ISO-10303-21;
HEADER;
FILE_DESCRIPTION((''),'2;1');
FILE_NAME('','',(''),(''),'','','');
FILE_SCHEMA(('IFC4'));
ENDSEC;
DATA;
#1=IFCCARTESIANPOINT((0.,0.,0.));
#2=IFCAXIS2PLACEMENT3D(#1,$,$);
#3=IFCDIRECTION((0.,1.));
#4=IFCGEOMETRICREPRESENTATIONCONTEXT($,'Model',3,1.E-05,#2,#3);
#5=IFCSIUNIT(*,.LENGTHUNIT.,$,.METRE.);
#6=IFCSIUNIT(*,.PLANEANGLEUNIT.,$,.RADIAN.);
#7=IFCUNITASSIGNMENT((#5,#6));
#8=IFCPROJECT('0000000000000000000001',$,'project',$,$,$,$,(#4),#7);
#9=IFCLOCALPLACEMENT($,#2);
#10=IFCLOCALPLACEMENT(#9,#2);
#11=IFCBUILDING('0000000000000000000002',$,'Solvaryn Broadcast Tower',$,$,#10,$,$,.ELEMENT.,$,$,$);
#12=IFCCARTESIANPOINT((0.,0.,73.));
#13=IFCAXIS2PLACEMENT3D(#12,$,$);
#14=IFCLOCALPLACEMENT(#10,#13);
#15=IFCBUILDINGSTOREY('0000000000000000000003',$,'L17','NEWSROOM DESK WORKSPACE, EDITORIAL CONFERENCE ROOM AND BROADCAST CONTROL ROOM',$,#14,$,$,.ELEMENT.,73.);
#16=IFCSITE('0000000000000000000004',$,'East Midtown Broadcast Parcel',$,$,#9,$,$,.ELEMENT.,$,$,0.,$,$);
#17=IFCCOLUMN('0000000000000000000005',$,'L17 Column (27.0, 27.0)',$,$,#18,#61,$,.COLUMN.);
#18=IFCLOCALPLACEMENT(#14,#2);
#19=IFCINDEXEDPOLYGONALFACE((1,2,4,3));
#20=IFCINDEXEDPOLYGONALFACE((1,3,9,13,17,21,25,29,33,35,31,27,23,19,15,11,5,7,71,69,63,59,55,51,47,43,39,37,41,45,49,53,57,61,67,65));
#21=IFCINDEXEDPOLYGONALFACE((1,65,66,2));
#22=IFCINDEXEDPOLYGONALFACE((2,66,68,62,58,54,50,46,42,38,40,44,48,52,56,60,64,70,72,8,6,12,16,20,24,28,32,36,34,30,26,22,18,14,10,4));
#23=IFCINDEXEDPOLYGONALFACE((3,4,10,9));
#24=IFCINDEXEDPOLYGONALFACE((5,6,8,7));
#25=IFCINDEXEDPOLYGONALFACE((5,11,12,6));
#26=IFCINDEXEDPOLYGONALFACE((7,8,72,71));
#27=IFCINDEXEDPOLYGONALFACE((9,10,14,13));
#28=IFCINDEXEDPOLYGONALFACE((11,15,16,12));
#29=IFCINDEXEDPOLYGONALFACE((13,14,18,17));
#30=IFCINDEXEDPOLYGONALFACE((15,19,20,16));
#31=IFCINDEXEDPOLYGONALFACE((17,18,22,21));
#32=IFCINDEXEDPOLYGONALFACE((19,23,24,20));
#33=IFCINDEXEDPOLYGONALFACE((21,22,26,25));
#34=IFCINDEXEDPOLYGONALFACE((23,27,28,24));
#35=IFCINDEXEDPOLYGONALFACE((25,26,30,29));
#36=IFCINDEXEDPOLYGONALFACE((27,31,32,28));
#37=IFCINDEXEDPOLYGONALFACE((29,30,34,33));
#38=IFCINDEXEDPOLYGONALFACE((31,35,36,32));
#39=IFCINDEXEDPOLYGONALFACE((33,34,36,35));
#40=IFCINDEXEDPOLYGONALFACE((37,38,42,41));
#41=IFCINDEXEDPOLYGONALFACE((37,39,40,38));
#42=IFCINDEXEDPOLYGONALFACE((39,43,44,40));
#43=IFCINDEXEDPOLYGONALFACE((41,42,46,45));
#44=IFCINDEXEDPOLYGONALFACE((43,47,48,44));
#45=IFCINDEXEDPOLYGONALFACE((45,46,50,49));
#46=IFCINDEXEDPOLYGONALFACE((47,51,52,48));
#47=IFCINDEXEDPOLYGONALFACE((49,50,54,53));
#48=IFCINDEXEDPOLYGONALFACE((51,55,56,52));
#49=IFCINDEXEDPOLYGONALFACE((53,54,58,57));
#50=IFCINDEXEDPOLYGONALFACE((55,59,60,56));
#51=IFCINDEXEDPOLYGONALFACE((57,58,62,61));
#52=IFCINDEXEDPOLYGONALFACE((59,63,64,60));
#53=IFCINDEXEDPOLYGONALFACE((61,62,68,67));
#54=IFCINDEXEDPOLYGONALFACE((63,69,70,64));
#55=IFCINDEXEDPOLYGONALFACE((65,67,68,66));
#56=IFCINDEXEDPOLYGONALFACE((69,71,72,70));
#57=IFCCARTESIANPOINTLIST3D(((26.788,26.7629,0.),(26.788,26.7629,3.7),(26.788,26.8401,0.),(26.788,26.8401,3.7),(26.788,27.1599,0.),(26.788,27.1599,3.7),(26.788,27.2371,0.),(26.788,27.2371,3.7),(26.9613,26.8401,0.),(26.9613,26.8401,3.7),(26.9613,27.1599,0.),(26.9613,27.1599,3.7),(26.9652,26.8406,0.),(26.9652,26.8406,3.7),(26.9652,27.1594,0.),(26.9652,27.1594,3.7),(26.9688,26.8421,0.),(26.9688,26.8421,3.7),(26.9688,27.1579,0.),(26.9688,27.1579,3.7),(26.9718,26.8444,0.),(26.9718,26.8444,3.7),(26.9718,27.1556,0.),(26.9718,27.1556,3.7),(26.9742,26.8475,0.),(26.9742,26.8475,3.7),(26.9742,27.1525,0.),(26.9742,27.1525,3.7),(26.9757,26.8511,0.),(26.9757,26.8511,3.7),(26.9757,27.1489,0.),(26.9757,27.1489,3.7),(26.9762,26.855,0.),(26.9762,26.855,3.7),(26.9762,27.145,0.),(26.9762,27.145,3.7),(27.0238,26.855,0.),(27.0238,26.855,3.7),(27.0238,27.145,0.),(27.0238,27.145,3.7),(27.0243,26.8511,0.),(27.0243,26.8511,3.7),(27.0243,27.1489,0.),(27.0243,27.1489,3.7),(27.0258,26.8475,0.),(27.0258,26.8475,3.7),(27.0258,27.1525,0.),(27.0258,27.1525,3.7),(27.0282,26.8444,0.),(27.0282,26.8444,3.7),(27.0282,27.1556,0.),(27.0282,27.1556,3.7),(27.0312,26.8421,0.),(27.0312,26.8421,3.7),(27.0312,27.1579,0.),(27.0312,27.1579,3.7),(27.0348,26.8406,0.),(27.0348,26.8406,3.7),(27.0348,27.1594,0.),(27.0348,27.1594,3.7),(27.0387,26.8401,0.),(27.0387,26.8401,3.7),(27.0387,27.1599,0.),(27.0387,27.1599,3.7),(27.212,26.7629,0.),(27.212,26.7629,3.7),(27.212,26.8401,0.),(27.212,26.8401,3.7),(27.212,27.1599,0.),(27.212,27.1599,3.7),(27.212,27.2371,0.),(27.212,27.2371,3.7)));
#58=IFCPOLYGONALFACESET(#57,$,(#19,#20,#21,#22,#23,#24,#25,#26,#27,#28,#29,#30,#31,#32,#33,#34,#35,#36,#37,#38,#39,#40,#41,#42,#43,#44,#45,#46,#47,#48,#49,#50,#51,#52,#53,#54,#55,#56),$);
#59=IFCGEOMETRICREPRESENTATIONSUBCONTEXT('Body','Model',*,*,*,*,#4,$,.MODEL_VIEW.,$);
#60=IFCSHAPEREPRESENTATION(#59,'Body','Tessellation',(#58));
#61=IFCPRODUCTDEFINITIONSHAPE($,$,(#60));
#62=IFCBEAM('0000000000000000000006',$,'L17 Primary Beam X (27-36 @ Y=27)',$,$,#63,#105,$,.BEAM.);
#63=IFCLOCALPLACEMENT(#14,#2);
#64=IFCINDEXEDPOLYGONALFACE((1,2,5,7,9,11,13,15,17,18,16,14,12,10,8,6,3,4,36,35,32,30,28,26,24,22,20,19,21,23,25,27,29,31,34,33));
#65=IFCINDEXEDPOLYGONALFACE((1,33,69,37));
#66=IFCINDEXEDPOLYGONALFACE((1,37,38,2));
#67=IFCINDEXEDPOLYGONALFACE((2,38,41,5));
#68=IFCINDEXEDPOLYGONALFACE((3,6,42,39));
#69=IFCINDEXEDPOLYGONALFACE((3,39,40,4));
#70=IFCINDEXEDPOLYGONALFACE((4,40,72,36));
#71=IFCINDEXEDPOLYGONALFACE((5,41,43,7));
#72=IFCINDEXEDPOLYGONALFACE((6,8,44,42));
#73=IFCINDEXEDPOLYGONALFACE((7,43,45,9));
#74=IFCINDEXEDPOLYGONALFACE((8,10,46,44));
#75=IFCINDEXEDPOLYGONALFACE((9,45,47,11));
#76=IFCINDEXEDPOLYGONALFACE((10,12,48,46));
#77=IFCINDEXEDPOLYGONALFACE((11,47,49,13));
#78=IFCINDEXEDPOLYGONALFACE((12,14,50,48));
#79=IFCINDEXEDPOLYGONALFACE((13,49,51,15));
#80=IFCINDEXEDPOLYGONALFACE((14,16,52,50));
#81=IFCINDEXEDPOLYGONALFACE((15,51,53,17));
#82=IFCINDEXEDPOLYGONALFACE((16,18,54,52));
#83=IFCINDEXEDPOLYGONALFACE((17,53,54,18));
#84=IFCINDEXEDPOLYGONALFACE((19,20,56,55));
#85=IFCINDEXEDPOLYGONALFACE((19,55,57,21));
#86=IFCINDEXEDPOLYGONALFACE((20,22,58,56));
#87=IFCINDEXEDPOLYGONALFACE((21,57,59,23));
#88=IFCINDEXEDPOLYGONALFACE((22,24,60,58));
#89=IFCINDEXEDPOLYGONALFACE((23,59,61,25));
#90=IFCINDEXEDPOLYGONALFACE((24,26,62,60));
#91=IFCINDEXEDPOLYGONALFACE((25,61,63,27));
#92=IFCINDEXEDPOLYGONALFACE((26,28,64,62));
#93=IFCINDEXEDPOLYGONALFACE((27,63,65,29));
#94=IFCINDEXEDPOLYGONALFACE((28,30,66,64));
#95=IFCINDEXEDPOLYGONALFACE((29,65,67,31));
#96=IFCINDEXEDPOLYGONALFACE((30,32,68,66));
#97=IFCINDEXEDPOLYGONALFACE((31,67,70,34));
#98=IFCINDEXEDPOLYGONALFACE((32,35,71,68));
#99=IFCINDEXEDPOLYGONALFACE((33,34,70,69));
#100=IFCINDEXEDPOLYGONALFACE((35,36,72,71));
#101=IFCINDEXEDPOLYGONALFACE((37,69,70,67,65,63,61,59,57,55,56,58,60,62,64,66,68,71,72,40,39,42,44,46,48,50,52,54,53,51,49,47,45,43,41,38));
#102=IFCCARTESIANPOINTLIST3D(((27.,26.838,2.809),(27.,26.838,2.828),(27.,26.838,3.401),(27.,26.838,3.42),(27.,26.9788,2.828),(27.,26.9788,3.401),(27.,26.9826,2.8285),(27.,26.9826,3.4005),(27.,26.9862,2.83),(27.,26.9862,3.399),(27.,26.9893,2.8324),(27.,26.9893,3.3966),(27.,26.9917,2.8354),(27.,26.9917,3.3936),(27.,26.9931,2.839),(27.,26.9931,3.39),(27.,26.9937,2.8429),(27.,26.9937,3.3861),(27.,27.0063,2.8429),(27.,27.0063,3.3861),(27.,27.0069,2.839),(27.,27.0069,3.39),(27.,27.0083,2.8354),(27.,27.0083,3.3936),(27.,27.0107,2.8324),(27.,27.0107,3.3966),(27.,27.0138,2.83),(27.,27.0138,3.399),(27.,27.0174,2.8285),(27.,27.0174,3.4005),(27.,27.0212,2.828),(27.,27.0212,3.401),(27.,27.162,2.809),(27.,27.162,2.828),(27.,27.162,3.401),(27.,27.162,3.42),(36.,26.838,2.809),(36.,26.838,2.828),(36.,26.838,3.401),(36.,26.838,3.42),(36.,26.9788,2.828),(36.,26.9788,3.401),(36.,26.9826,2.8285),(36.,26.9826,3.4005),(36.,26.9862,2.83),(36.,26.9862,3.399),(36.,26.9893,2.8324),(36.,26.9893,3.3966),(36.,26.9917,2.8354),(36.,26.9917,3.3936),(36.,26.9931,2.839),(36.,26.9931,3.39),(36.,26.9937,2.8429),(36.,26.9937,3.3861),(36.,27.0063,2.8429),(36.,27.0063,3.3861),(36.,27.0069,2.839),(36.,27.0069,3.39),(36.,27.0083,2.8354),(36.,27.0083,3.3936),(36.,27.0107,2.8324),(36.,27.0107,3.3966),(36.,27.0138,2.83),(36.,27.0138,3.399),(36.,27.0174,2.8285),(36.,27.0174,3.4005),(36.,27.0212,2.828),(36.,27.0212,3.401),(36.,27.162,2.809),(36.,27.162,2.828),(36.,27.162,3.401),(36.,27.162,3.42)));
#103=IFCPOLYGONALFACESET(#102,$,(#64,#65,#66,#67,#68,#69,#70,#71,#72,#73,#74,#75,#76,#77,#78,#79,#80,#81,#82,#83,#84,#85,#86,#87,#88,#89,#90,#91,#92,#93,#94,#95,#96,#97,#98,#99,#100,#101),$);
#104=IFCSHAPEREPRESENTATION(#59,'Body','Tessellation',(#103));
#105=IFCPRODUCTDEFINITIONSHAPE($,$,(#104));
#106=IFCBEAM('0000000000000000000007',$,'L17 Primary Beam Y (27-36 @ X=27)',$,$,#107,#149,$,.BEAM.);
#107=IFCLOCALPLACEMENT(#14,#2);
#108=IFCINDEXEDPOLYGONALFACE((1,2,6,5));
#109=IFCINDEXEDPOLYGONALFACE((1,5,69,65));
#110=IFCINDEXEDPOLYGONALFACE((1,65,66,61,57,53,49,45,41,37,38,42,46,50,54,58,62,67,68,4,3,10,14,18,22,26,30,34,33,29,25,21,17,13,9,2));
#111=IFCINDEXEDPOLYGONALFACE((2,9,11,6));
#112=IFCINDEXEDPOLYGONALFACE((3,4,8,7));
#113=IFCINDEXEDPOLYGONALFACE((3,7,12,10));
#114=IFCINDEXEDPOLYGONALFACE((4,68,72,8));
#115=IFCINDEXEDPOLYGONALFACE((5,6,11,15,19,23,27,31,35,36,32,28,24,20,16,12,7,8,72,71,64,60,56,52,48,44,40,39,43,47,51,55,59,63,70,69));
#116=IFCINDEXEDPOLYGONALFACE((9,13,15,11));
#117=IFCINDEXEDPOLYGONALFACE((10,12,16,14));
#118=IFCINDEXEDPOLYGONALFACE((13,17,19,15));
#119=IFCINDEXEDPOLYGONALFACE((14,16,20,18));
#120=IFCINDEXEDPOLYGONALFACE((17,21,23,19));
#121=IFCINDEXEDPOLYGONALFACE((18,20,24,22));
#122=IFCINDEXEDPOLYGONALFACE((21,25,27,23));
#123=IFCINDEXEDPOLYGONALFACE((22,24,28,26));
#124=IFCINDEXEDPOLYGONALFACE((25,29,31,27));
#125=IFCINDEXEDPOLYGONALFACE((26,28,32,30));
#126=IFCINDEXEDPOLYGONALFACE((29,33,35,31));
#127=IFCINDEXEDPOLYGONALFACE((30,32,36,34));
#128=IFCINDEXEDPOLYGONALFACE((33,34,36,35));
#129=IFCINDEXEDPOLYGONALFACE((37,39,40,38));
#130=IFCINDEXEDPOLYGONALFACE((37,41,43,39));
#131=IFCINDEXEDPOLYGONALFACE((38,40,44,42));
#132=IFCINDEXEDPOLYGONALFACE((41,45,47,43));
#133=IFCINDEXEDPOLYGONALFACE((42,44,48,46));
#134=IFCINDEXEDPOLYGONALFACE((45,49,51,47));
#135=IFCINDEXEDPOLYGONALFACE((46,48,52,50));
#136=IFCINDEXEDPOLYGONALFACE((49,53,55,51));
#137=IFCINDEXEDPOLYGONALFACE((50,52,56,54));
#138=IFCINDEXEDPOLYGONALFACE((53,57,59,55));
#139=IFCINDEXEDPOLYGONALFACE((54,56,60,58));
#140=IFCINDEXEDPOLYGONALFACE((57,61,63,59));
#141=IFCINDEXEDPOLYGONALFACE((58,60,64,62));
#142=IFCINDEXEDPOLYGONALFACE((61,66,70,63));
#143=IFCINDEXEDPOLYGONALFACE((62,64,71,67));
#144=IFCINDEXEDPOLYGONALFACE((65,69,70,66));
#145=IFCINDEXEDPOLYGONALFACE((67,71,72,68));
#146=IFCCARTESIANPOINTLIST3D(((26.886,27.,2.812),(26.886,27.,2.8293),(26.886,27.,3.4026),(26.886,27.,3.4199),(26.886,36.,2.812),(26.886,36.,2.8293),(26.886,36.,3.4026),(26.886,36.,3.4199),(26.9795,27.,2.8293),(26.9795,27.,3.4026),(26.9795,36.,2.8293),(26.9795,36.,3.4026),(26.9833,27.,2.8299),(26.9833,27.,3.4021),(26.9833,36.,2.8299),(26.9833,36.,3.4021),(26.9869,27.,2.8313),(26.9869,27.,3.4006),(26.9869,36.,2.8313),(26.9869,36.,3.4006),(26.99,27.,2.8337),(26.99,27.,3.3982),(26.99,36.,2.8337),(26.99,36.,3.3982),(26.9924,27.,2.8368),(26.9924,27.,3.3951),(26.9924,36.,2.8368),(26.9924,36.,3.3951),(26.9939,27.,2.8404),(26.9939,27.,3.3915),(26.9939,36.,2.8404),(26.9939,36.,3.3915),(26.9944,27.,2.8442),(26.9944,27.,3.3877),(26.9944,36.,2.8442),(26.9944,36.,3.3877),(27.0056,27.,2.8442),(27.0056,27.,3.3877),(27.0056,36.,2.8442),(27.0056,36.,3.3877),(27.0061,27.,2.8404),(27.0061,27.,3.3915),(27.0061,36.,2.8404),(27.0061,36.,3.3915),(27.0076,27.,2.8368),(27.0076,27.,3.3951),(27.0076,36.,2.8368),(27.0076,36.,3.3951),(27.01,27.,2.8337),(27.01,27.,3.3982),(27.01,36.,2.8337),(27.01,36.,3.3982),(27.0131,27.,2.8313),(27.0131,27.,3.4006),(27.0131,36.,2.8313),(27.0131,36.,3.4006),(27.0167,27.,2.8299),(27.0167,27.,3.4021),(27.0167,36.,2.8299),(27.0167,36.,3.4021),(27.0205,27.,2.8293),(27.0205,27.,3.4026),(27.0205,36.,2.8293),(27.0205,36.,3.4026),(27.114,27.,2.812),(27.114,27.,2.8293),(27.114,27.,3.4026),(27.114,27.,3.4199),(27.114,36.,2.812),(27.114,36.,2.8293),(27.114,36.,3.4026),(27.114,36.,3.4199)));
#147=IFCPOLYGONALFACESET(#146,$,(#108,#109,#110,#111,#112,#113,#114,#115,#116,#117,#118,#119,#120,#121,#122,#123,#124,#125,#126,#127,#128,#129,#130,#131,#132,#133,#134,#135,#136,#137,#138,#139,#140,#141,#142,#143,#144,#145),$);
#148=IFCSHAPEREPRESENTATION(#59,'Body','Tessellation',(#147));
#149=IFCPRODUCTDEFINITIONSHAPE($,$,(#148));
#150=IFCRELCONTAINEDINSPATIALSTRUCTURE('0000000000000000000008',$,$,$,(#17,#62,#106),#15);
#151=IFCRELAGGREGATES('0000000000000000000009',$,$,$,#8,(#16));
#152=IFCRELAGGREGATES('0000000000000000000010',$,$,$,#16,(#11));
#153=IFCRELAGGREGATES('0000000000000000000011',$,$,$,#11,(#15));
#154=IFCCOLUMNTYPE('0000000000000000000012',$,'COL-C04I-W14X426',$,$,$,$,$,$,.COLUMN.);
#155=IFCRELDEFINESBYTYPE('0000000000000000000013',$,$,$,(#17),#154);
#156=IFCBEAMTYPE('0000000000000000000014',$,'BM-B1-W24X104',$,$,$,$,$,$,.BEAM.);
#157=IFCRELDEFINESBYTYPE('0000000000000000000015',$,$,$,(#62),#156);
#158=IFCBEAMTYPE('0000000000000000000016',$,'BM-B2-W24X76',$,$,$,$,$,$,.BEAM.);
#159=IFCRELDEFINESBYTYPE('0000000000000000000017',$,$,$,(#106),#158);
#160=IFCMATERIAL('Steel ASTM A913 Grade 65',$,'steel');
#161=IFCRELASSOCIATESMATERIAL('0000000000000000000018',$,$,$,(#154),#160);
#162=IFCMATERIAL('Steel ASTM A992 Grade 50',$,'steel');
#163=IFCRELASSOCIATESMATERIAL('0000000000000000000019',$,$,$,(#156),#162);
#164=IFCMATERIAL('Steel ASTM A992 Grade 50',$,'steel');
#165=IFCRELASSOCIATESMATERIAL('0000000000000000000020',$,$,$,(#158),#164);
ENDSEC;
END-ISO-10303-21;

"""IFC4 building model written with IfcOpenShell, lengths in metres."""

from ifc_helpers import new_model, si_unit, direction, frame, origin, origin_2d, place, context, subcontext, project, spatial, i_section, extrude, material, material_profile, profile_set, type_object, element, save


model = new_model("IFC4")

# Units and contexts
model_context = context("Model", 3, precision=1e-05, world=origin(), true_north=direction((0.0, 1.0)))
body_context = subcontext(model_context, "Body", "Model", "MODEL_VIEW")
ifc_project = project(units=[si_unit("LENGTHUNIT", "METRE"), si_unit("PLANEANGLEUNIT", "RADIAN")], contexts=[model_context])

# Site, building, storey
site_placement = place(None, origin())
site = spatial("IfcSite", under=ifc_project, at=site_placement, Name="East Midtown Broadcast Parcel", CompositionType="ELEMENT", RefElevation=0.0)
building_placement = place(site_placement, origin())
building = spatial("IfcBuilding", under=site, at=building_placement, Name="Solvaryn Broadcast Tower", CompositionType="ELEMENT")
storey_placement = place(building_placement, frame((0.0, 0.0, 73.0)))
storey = spatial("IfcBuildingStorey", under=building, at=storey_placement, Name="L17", Description="NEWSROOM DESK WORKSPACE, EDITORIAL CONFERENCE ROOM AND BROADCAST CONTROL ROOM", CompositionType="ELEMENT", Elevation=73.0)

# Column
ifc_material_1 = material(Name="Steel ASTM A913 Grade 65", Category="steel")
ifc_material_profile_1 = material_profile(ifc_material_1, i_section(OverallWidth=0.4241, OverallDepth=0.4741, WebThickness=0.0476, FlangeThickness=0.0771, FilletRadius=0.0149, at=origin_2d()))
ifc_profile_set_1 = profile_set([ifc_material_profile_1], Name="Steel ASTM A913 Grade 65")
column_type = type_object("IfcColumnType", Name="COL-C04I-W14X426", PredefinedType="COLUMN", material=ifc_profile_set_1)
column_placement = place(storey_placement, frame((27.0, 27.0, 0.0), z_axis=(0.0, 0.0, 1.0), x_axis=(1.0, 0.0, 0.0)))
element("IfcColumn", 1, at=column_placement, inside=storey, type_object=column_type, Name="L17 Column (27.0, 27.0)", PredefinedType="COLUMN", context=body_context, shape_type="SweptSolid", body=[
    extrude(i_section(OverallWidth=0.4241, OverallDepth=0.4741, WebThickness=0.0476, FlangeThickness=0.0771, FilletRadius=0.0149, at=origin_2d()), origin(), (0.0, 0.0, 1.0), 3.7),
])

# Beams
ifc_material_2 = material(Name="Steel ASTM A992 Grade 50", Category="steel")
ifc_material_profile_2 = material_profile(ifc_material_2, i_section(OverallWidth=0.324, OverallDepth=0.6111, WebThickness=0.0127, FlangeThickness=0.019, FilletRadius=0.0149, at=origin_2d()))
ifc_profile_set_2 = profile_set([ifc_material_profile_2], Name="Steel ASTM A992 Grade 50")
beam_type_1 = type_object("IfcBeamType", Name="BM-B1-W24X104", PredefinedType="BEAM", material=ifc_profile_set_2)
beam_1_placement = place(storey_placement, frame((27.0, 27.0, 3.1145), z_axis=(1.0, 0.0, 0.0), x_axis=(0.0, 1.0, 0.0)))
element("IfcBeam", 2, at=beam_1_placement, inside=storey, type_object=beam_type_1, Name="L17 Primary Beam X (27-36 @ Y=27)", PredefinedType="BEAM", context=body_context, shape_type="SweptSolid", body=[
    extrude(i_section(OverallWidth=0.324, OverallDepth=0.6111, WebThickness=0.0127, FlangeThickness=0.019, FilletRadius=0.0149, at=origin_2d()), origin(), (0.0, 0.0, 1.0), 9.0),
])
ifc_material_3 = material(Name="Steel ASTM A992 Grade 50", Category="steel")
ifc_material_profile_3 = material_profile(ifc_material_3, i_section(OverallWidth=0.228, OverallDepth=0.6079, WebThickness=0.0112, FlangeThickness=0.0173, FilletRadius=0.0149, at=origin_2d()))
ifc_profile_set_3 = profile_set([ifc_material_profile_3], Name="Steel ASTM A992 Grade 50")
beam_type_2 = type_object("IfcBeamType", Name="BM-B2-W24X76", PredefinedType="BEAM", material=ifc_profile_set_3)
beam_2_placement = place(storey_placement, frame((27.0, 27.0, 3.116), z_axis=(0.0, 1.0, 0.0), x_axis=(-1.0, 0.0, 0.0)))
element("IfcBeam", 3, at=beam_2_placement, inside=storey, type_object=beam_type_2, Name="L17 Primary Beam Y (27-36 @ X=27)", PredefinedType="BEAM", context=body_context, shape_type="SweptSolid", body=[
    extrude(i_section(OverallWidth=0.228, OverallDepth=0.6079, WebThickness=0.0112, FlangeThickness=0.0173, FilletRadius=0.0149, at=origin_2d()), origin(), (0.0, 0.0, 1.0), 9.0),
])

save(model, "model.ifc")
